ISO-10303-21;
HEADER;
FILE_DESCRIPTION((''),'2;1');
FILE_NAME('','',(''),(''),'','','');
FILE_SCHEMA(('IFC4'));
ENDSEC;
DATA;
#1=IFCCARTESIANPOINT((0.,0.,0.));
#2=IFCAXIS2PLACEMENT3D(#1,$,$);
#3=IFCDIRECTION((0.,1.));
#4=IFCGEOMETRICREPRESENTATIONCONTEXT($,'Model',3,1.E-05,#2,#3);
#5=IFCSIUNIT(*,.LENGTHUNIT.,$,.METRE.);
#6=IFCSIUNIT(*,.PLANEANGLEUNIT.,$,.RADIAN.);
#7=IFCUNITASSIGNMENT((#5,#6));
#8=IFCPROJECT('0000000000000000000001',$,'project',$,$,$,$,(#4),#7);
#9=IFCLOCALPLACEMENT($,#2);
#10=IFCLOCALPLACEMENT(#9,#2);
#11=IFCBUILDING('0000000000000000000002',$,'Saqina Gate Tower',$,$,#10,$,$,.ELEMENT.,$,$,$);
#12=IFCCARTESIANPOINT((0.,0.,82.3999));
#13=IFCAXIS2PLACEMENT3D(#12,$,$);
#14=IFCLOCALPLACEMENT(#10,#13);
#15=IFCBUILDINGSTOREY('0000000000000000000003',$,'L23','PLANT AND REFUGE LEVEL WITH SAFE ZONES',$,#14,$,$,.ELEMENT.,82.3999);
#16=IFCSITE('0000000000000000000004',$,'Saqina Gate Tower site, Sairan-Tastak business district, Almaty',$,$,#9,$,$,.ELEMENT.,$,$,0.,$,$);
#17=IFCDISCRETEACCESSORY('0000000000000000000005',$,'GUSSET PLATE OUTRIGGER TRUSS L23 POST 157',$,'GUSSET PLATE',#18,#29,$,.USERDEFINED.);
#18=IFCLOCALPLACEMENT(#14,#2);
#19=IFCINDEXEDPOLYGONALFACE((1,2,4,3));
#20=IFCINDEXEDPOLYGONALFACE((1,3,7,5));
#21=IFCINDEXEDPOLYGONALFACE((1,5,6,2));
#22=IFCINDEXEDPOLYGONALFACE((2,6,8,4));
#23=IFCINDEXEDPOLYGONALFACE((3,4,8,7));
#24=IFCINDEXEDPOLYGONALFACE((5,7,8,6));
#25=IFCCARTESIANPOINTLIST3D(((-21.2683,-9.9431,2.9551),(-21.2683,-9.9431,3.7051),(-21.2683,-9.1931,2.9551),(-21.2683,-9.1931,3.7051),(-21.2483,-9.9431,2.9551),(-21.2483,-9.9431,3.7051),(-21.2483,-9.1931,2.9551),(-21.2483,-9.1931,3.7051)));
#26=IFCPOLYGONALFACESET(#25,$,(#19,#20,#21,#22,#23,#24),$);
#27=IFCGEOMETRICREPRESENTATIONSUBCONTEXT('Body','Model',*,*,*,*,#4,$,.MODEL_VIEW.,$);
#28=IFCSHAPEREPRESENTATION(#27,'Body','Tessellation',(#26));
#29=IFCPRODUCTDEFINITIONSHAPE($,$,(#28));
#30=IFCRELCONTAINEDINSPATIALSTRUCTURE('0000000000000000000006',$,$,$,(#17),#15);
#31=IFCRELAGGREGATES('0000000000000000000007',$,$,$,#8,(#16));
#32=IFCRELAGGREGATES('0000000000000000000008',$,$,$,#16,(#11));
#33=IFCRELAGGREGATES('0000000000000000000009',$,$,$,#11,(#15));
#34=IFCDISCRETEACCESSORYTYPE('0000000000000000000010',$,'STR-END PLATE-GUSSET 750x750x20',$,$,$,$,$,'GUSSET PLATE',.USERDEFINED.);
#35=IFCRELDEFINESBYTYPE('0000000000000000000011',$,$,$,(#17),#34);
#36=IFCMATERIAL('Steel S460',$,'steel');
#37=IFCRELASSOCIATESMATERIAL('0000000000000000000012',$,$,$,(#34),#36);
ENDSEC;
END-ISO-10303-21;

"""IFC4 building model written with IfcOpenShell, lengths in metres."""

from ifc_helpers import new_model, si_unit, direction, frame, origin, origin_2d, place, context, subcontext, project, spatial, rectangle, extrude, material, material_profile, profile_set, type_object, element, save


model = new_model("IFC4")

# Units and contexts
model_context = context("Model", 3, precision=1e-05, world=origin(), true_north=direction((0.0, 1.0)))
body_context = subcontext(model_context, "Body", "Model", "MODEL_VIEW")
ifc_project = project(units=[si_unit("LENGTHUNIT", "METRE"), si_unit("PLANEANGLEUNIT", "RADIAN")], contexts=[model_context])

# Site, building, storey
site_placement = place(None, origin())
site = spatial("IfcSite", under=ifc_project, at=site_placement, Name="Saqina Gate Tower site, Sairan-Tastak business district, Almaty", CompositionType="ELEMENT", RefElevation=0.0)
building_placement = place(site_placement, origin())
building = spatial("IfcBuilding", under=site, at=building_placement, Name="Saqina Gate Tower", CompositionType="ELEMENT")
storey_placement = place(building_placement, frame((0.0, 0.0, 82.3999)))
storey = spatial("IfcBuildingStorey", under=building, at=storey_placement, Name="L23", Description="PLANT AND REFUGE LEVEL WITH SAFE ZONES", CompositionType="ELEMENT", Elevation=82.3999)

# Discrete accessory
ifc_material_1 = material(Name="Steel S460", Category="steel")
ifc_material_profile_1 = material_profile(ifc_material_1, rectangle(XDim=0.75, YDim=0.75, at=origin_2d()), Name="STR-END PLATE-GUSSET 750x750x20")
ifc_profile_set_1 = profile_set([ifc_material_profile_1], Name="Steel S460")
discrete_accessory_type_1 = type_object("IfcDiscreteAccessoryType", Name="STR-END PLATE-GUSSET 750x750x20", ElementType="GUSSET PLATE", PredefinedType="USERDEFINED", material=ifc_profile_set_1)
discrete_accessory_1_placement = place(storey_placement, frame((-21.2683, -9.5681, 3.3301), z_axis=(1.0, 0.0, 0.0), x_axis=(0.0, 1.0, 0.0)))
element("IfcDiscreteAccessory", 1, at=discrete_accessory_1_placement, inside=storey, type_object=discrete_accessory_type_1, Name="GUSSET PLATE OUTRIGGER TRUSS L23 POST 157", ObjectType="GUSSET PLATE", PredefinedType="USERDEFINED", context=body_context, shape_type="SweptSolid", body=[
    extrude(rectangle(XDim=0.75, YDim=0.75, at=origin_2d()), origin(), (0.0, 0.0, 1.0), 0.02),
])

save(model, "model.ifc")
